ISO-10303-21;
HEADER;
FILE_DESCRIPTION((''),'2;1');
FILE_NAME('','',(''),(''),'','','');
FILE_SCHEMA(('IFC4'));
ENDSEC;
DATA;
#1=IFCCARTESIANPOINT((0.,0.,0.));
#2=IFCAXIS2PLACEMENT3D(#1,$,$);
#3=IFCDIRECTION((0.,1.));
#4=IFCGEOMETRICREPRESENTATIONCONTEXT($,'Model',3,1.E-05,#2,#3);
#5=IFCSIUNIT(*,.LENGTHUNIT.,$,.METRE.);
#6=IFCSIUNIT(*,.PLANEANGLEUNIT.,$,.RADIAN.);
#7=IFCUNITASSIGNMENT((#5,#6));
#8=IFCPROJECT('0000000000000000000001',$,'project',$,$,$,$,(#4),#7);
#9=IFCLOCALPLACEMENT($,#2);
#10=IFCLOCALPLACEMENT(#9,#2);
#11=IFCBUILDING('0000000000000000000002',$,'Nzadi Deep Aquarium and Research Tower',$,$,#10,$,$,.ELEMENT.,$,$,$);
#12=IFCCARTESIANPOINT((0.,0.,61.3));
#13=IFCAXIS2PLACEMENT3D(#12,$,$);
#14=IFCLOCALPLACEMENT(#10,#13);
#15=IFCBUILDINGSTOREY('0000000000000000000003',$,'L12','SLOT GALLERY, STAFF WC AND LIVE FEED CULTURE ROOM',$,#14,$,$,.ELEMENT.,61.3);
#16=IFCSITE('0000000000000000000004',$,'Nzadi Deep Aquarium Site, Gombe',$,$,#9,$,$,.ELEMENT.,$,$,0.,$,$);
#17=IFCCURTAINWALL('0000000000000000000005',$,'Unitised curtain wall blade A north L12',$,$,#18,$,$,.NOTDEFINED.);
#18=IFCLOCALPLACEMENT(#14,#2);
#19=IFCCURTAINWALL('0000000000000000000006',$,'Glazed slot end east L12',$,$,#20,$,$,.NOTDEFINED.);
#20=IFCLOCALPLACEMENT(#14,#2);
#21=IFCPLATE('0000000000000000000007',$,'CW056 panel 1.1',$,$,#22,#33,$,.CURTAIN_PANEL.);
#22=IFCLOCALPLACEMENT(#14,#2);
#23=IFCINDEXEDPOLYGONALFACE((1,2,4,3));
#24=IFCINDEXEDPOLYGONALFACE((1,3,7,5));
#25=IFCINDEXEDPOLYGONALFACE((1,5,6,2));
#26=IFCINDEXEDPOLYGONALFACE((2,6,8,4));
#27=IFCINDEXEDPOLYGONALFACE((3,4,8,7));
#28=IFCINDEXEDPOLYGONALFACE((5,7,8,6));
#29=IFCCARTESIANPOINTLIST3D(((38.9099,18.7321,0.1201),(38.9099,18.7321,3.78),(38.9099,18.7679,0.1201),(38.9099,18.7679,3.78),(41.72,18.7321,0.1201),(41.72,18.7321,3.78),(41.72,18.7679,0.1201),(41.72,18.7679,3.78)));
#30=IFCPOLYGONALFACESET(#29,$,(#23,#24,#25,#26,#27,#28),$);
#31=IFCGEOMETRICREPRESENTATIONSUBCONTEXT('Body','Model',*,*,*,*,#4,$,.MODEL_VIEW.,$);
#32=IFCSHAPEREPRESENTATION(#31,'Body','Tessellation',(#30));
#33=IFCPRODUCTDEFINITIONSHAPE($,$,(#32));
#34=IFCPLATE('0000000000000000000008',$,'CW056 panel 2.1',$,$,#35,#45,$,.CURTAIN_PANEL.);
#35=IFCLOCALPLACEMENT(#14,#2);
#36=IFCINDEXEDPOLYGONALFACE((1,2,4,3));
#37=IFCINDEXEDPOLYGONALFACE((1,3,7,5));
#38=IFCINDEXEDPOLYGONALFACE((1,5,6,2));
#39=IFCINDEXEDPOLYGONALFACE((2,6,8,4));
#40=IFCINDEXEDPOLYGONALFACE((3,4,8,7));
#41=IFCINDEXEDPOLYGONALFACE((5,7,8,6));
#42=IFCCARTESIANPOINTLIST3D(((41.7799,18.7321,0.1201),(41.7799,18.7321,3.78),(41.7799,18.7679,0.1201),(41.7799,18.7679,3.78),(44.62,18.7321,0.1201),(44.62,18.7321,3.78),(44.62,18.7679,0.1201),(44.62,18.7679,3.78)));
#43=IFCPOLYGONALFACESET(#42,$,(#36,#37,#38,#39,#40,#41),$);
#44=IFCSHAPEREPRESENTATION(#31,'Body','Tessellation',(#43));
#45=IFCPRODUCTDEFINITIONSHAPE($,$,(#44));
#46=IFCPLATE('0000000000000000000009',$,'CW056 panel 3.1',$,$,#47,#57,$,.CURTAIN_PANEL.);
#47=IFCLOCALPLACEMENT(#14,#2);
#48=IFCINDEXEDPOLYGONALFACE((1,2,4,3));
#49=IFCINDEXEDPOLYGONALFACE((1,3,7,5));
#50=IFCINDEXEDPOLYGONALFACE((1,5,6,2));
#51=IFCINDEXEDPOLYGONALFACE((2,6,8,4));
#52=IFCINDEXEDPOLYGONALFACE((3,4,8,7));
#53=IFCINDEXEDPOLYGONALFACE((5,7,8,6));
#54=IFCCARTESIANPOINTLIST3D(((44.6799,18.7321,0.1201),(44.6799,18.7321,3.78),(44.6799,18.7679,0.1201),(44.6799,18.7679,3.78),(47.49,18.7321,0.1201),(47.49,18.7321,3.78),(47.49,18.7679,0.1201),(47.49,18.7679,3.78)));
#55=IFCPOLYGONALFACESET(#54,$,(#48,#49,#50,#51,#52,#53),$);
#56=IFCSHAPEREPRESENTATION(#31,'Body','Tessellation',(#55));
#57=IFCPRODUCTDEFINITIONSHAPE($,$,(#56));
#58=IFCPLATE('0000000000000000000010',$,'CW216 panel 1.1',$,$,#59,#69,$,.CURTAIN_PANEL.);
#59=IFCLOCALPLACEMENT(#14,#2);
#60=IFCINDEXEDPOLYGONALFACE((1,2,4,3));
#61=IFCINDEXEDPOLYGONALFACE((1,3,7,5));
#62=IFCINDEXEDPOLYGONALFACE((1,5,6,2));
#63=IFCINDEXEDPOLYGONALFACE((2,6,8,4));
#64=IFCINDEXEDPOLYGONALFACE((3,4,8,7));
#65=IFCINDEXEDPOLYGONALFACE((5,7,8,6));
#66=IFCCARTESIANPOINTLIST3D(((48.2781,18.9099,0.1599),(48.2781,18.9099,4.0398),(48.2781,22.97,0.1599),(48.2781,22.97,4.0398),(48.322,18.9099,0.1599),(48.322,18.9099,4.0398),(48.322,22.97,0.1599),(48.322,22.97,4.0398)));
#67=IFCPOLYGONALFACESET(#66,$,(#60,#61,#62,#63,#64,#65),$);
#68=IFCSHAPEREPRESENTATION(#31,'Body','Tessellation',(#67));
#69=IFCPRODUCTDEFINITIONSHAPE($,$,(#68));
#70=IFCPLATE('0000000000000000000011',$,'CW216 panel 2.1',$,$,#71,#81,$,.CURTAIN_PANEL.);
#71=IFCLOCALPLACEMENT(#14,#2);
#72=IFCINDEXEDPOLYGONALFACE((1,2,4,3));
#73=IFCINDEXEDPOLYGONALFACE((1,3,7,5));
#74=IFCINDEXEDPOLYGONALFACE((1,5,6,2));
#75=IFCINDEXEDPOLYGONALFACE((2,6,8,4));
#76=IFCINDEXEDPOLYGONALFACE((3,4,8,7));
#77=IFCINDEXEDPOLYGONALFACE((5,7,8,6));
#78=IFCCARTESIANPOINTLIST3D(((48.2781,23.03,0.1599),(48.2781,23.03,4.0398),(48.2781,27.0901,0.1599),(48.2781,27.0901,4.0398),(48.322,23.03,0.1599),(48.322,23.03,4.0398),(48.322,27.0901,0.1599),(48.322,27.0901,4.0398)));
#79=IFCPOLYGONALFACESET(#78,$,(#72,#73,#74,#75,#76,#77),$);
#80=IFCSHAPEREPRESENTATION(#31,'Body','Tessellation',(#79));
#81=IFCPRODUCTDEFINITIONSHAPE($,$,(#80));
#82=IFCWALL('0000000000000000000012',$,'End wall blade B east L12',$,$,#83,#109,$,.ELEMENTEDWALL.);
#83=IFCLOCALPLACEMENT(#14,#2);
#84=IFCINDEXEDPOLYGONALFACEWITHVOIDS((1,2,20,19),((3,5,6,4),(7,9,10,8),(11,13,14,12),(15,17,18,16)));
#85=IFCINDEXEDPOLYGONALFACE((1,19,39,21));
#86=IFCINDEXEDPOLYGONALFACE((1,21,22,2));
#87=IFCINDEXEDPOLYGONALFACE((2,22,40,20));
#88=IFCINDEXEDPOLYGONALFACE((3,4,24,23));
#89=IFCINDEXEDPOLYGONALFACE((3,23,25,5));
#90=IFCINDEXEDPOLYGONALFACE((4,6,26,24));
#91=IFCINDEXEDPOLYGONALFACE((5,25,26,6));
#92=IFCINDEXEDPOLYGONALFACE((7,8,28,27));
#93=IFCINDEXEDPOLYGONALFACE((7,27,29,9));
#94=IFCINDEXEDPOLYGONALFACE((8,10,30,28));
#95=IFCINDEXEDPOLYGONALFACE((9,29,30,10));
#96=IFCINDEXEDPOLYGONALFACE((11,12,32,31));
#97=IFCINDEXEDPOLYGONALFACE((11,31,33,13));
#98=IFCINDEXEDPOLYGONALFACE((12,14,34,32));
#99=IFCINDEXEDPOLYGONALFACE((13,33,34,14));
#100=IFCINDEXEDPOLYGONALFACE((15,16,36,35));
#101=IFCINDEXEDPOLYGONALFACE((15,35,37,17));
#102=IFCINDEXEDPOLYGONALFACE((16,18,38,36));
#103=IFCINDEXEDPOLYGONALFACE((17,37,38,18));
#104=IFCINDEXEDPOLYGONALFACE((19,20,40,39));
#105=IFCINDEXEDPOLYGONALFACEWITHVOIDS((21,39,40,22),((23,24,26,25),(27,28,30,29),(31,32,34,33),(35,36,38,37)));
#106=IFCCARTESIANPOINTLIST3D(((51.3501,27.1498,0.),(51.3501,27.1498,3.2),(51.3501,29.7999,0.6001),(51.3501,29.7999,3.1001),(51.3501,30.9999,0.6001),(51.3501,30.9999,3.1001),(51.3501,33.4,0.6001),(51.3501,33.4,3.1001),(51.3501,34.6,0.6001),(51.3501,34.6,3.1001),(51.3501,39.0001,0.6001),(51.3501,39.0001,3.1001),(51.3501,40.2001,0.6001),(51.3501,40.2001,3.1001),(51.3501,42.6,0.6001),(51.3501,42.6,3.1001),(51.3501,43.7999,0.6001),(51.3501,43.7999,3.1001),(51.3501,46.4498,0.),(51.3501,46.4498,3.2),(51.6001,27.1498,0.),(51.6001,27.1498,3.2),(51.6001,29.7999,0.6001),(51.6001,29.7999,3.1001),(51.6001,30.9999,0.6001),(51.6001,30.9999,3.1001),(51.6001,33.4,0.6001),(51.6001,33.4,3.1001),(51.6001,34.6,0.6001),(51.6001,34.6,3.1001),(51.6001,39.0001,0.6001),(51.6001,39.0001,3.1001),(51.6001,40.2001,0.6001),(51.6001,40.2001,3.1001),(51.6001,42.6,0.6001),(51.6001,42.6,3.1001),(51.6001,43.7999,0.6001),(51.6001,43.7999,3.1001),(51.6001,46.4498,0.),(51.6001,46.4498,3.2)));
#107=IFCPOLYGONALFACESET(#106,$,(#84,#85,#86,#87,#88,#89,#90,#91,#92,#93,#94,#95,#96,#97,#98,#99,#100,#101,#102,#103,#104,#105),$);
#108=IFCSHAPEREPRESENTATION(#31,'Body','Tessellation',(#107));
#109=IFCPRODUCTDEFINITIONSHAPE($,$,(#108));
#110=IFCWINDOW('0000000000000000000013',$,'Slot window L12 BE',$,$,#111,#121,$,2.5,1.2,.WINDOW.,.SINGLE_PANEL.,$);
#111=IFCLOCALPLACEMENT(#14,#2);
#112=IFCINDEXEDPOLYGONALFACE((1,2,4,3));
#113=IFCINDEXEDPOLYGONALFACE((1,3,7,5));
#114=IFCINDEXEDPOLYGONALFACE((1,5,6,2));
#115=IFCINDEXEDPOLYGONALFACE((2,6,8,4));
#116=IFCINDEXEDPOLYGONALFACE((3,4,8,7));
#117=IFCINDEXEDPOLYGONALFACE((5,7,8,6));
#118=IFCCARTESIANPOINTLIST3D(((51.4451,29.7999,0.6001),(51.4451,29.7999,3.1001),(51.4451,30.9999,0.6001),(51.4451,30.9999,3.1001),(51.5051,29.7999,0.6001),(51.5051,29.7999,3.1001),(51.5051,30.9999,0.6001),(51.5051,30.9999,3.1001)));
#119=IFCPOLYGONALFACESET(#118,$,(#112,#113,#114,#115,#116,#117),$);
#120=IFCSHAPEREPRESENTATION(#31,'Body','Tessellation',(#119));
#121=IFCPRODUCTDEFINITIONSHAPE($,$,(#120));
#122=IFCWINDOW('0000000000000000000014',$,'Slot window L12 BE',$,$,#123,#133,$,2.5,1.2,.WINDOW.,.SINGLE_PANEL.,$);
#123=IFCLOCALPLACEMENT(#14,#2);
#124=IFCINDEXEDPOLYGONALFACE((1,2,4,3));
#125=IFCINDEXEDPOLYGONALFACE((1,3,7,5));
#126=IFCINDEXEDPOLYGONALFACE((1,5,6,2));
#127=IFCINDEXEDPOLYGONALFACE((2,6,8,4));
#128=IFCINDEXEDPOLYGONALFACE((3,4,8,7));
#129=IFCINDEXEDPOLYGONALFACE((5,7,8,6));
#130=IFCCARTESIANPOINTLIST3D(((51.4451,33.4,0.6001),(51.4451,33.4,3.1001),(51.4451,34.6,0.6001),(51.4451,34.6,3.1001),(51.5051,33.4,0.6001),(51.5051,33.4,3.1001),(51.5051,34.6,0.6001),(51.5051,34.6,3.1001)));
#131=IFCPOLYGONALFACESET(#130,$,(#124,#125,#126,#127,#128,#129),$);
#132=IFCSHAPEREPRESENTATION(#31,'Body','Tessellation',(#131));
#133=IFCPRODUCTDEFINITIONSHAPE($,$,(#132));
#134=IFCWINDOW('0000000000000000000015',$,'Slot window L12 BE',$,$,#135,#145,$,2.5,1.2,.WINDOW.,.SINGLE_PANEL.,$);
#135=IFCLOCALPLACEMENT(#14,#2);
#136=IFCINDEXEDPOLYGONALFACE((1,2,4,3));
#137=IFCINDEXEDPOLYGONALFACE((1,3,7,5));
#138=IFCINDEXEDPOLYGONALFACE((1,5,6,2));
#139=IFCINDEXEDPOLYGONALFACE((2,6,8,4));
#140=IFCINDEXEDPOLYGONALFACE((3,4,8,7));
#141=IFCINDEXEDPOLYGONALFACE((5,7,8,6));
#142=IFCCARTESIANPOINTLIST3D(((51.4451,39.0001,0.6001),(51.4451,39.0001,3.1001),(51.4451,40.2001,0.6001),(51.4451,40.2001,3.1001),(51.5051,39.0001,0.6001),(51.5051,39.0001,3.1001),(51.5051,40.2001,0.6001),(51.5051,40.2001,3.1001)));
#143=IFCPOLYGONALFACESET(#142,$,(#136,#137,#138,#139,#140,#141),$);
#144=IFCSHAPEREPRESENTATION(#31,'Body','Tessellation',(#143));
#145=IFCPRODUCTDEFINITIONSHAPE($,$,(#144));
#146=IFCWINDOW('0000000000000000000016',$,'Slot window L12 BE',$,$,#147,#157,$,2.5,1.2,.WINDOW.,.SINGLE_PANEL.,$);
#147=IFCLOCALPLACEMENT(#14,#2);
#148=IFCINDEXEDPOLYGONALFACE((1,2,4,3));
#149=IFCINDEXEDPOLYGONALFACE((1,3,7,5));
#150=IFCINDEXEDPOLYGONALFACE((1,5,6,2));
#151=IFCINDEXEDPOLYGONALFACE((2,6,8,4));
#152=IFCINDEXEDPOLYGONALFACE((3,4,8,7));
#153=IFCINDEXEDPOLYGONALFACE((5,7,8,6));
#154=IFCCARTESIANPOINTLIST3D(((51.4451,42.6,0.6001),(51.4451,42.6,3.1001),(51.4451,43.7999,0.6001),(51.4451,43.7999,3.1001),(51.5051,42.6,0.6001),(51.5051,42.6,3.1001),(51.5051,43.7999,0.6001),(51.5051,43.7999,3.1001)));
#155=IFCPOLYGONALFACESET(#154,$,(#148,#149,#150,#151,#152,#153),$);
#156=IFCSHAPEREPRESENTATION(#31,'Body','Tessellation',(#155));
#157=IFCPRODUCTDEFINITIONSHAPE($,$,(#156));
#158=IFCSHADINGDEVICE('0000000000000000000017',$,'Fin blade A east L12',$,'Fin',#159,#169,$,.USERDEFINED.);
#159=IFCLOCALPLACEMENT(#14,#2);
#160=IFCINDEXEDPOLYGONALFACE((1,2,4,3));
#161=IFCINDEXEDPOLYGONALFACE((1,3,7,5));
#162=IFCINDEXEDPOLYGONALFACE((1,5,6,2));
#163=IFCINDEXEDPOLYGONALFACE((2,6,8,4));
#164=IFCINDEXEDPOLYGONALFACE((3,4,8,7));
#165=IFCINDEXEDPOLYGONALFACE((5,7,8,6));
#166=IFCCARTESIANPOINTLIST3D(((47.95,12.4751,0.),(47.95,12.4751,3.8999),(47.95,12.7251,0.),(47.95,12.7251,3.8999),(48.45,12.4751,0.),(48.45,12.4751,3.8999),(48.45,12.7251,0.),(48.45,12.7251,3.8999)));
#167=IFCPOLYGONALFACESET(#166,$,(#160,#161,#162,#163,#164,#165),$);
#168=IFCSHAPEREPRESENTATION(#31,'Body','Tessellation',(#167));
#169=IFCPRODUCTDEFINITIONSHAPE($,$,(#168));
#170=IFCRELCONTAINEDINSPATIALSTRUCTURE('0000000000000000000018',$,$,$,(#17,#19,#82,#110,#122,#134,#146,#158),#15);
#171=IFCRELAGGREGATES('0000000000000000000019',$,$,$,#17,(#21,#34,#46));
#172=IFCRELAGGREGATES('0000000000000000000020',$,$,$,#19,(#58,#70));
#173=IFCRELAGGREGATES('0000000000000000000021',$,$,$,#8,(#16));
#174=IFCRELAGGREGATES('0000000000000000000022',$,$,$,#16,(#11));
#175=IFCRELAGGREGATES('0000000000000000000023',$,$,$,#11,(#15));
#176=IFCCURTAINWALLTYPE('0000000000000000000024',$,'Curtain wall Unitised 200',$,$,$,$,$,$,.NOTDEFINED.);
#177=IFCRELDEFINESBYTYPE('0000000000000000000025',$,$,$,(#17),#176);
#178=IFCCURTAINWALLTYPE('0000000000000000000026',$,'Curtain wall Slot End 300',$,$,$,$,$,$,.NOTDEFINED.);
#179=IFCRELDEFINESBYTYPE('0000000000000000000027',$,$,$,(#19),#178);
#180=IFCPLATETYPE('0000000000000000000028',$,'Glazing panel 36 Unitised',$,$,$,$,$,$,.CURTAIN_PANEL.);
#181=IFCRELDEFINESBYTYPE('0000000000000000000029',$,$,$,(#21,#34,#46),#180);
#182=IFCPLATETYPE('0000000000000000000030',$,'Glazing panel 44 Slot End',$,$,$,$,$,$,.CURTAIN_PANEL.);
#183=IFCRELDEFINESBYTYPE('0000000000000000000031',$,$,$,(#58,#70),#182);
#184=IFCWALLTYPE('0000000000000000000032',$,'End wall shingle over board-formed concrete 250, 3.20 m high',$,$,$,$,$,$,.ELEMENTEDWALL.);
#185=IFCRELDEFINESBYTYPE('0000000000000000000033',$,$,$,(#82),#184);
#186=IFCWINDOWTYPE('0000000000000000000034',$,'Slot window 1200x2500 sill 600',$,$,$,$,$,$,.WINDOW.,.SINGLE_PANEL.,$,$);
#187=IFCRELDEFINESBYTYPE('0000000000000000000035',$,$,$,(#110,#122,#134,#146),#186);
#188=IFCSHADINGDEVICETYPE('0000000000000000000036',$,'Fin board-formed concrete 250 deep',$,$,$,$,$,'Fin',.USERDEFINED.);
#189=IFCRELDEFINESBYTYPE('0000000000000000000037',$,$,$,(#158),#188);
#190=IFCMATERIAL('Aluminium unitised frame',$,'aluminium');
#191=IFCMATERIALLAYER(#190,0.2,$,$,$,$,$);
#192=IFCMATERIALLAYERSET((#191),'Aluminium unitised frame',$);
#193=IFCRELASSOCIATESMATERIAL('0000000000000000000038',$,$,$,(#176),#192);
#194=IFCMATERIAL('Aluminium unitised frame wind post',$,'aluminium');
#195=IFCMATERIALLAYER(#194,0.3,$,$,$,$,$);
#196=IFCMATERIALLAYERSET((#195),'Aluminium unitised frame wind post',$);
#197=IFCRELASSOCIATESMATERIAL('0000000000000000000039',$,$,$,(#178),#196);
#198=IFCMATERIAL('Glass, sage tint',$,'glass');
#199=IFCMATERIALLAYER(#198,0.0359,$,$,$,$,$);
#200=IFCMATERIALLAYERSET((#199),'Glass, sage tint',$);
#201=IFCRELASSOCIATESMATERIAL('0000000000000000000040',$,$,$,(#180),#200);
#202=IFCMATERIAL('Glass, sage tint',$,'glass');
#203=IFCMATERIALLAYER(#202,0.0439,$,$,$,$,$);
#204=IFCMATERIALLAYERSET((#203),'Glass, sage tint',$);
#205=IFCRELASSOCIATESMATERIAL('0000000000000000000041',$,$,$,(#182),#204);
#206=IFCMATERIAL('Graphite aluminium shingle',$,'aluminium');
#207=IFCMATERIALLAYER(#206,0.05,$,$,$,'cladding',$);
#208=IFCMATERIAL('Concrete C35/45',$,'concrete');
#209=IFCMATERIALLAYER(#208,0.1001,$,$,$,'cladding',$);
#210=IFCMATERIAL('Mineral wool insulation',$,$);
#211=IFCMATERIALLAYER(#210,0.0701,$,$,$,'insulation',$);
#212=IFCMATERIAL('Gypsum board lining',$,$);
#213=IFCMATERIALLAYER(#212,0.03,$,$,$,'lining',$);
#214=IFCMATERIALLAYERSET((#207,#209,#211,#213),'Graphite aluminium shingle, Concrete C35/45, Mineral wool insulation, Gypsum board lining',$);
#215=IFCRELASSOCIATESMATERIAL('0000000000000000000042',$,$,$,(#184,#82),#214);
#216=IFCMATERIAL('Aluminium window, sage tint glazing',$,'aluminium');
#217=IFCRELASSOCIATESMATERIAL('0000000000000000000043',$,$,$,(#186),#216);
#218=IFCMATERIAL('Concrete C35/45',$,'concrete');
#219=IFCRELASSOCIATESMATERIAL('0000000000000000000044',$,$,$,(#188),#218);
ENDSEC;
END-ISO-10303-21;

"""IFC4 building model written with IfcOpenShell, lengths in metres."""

from ifc_helpers import new_model, si_unit, direction, frame, frame_2d, origin, origin_2d, place, context, subcontext, project, spatial, rectangle, extrude, material, layer, layer_set, layer_usage, type_object, element, fill, aggregate, save


model = new_model("IFC4")

# Units and contexts
model_context = context("Model", 3, precision=1e-05, world=origin(), true_north=direction((0.0, 1.0)))
body_context = subcontext(model_context, "Body", "Model", "MODEL_VIEW")
ifc_project = project(units=[si_unit("LENGTHUNIT", "METRE"), si_unit("PLANEANGLEUNIT", "RADIAN")], contexts=[model_context])

# Site, building, storey
site_placement = place(None, origin())
site = spatial("IfcSite", under=ifc_project, at=site_placement, Name="Nzadi Deep Aquarium Site, Gombe", CompositionType="ELEMENT", RefElevation=0.0)
building_placement = place(site_placement, origin())
building = spatial("IfcBuilding", under=site, at=building_placement, Name="Nzadi Deep Aquarium and Research Tower", CompositionType="ELEMENT")
storey_placement = place(building_placement, frame((0.0, 0.0, 61.3)))
storey = spatial("IfcBuildingStorey", under=building, at=storey_placement, Name="L12", Description="SLOT GALLERY, STAFF WC AND LIVE FEED CULTURE ROOM", CompositionType="ELEMENT", Elevation=61.3)

# Shared definitions
ifc_material_1 = material(Name="Aluminium unitised frame", Category="aluminium")
ifc_layer_1 = layer(ifc_material_1, 0.2)
ifc_layer_set_1 = layer_set([ifc_layer_1], Name="Aluminium unitised frame")
curtain_wall_type_1 = type_object("IfcCurtainWallType", Name="Curtain wall Unitised 200", PredefinedType="NOTDEFINED", material=ifc_layer_set_1)

# Curtain walls
curtain_wall_1_placement = place(storey_placement, origin())
curtain_wall_1 = element("IfcCurtainWall", 1, at=curtain_wall_1_placement, inside=storey, type_object=curtain_wall_type_1, Name="Unitised curtain wall blade A north L12", PredefinedType="NOTDEFINED")
ifc_material_2 = material(Name="Aluminium unitised frame wind post", Category="aluminium")
ifc_layer_2 = layer(ifc_material_2, 0.3)
ifc_layer_set_2 = layer_set([ifc_layer_2], Name="Aluminium unitised frame wind post")
curtain_wall_type_2 = type_object("IfcCurtainWallType", Name="Curtain wall Slot End 300", PredefinedType="NOTDEFINED", material=ifc_layer_set_2)
curtain_wall_2_placement = place(storey_placement, origin())
curtain_wall_2 = element("IfcCurtainWall", 2, at=curtain_wall_2_placement, inside=storey, type_object=curtain_wall_type_2, Name="Glazed slot end east L12", PredefinedType="NOTDEFINED")

# Plates
ifc_material_3 = material(Name="Glass, sage tint", Category="glass")
ifc_layer_3 = layer(ifc_material_3, 0.0359)
ifc_layer_set_3 = layer_set([ifc_layer_3], Name="Glass, sage tint")
plate_type_1 = type_object("IfcPlateType", Name="Glazing panel 36 Unitised", PredefinedType="CURTAIN_PANEL", material=ifc_layer_set_3)
plate_1_placement = place(storey_placement, frame((40.3149, 18.75, 0.1201), z_axis=(0.0, 0.0, 1.0), x_axis=(1.0, 0.0, 0.0)))
plate_1 = element("IfcPlate", 3, at=plate_1_placement, type_object=plate_type_1, Name="CW056 panel 1.1", PredefinedType="CURTAIN_PANEL", context=body_context, shape_type="SweptSolid", body=[
    extrude(rectangle(XDim=2.8101, YDim=0.0359, at=origin_2d()), origin(), (0.0, 0.0, 1.0), 3.6599),
])
plate_2_placement = place(storey_placement, frame((43.2, 18.75, 0.1201), z_axis=(0.0, 0.0, 1.0), x_axis=(1.0, 0.0, 0.0)))
plate_2 = element("IfcPlate", 4, at=plate_2_placement, type_object=plate_type_1, Name="CW056 panel 2.1", PredefinedType="CURTAIN_PANEL", context=body_context, shape_type="SweptSolid", body=[
    extrude(rectangle(XDim=2.8401, YDim=0.0359, at=origin_2d()), origin(), (0.0, 0.0, 1.0), 3.6599),
])
plate_3_placement = place(storey_placement, frame((46.085, 18.75, 0.1201), z_axis=(0.0, 0.0, 1.0), x_axis=(1.0, 0.0, 0.0)))
plate_3 = element("IfcPlate", 5, at=plate_3_placement, type_object=plate_type_1, Name="CW056 panel 3.1", PredefinedType="CURTAIN_PANEL", context=body_context, shape_type="SweptSolid", body=[
    extrude(rectangle(XDim=2.8101, YDim=0.0359, at=origin_2d()), origin(), (0.0, 0.0, 1.0), 3.6599),
])
aggregate(curtain_wall_1, [plate_1, plate_2, plate_3])
ifc_material_4 = material(Name="Glass, sage tint", Category="glass")
ifc_layer_4 = layer(ifc_material_4, 0.0439)
ifc_layer_set_4 = layer_set([ifc_layer_4], Name="Glass, sage tint")
plate_type_2 = type_object("IfcPlateType", Name="Glazing panel 44 Slot End", PredefinedType="CURTAIN_PANEL", material=ifc_layer_set_4)
plate_4_placement = place(storey_placement, frame((48.3, 20.9399, 0.1599), z_axis=(0.0, 0.0, 1.0), x_axis=(0.0, 1.0, 0.0)))
plate_4 = element("IfcPlate", 6, at=plate_4_placement, type_object=plate_type_2, Name="CW216 panel 1.1", PredefinedType="CURTAIN_PANEL", context=body_context, shape_type="SweptSolid", body=[
    extrude(rectangle(XDim=4.0601, YDim=0.0439, at=origin_2d()), origin(), (0.0, 0.0, 1.0), 3.8799),
])
plate_5_placement = place(storey_placement, frame((48.3, 25.0601, 0.1599), z_axis=(0.0, 0.0, 1.0), x_axis=(0.0, 1.0, 0.0)))
plate_5 = element("IfcPlate", 7, at=plate_5_placement, type_object=plate_type_2, Name="CW216 panel 2.1", PredefinedType="CURTAIN_PANEL", context=body_context, shape_type="SweptSolid", body=[
    extrude(rectangle(XDim=4.0601, YDim=0.0439, at=origin_2d()), origin(), (0.0, 0.0, 1.0), 3.8799),
])
aggregate(curtain_wall_2, [plate_4, plate_5])

# Wall, openings, windows
ifc_material_5 = material(Name="Graphite aluminium shingle", Category="aluminium")
ifc_layer_5 = layer(ifc_material_5, 0.05, Category="cladding")
ifc_material_6 = material(Name="Concrete C35/45", Category="concrete")
ifc_layer_6 = layer(ifc_material_6, 0.1001, Category="cladding")
ifc_material_7 = material(Name="Mineral wool insulation")
ifc_layer_7 = layer(ifc_material_7, 0.0701, Category="insulation")
ifc_material_8 = material(Name="Gypsum board lining")
ifc_layer_8 = layer(ifc_material_8, 0.03, Category="lining")
ifc_layer_set_5 = layer_set([ifc_layer_5, ifc_layer_6, ifc_layer_7, ifc_layer_8], Name="Graphite aluminium shingle, Concrete C35/45, Mineral wool insulation, Gypsum board lining")
ifc_layer_usage = layer_usage(ifc_layer_set_5, "AXIS2", "POSITIVE", -0.125)
wall_type = type_object("IfcWallType", Name="End wall shingle over board-formed concrete 250, 3.20 m high", PredefinedType="ELEMENTEDWALL", material=ifc_layer_set_5)
wall_placement = place(storey_placement, frame((51.4751, 27.1499, 0.0), z_axis=(0.0, 0.0, 1.0), x_axis=(0.0, 1.0, 0.0)))
wall = element("IfcWall", 8, at=wall_placement, inside=storey, type_object=wall_type, material=ifc_layer_usage, Name="End wall blade B east L12", PredefinedType="ELEMENTEDWALL", context=body_context, shape_type="SweptSolid", body=[
    extrude(rectangle(XDim=19.3, YDim=0.25, at=frame_2d((9.6499, 0.0))), origin(), (0.0, 0.0, 1.0), 3.2),
])
opening_1_placement = place(wall_placement, frame((2.6499, 0.0, 0.6001)))
opening_1 = element("IfcOpeningElement", 9, at=opening_1_placement, cuts=wall, PredefinedType="OPENING", context=body_context, shape_type="SweptSolid", body=[
    extrude(rectangle(XDim=1.2, YDim=2.5, at=frame_2d((0.6001, 1.25))), frame((0.0, 0.135, 0.0), z_axis=(0.0, -1.0, 0.0), x_axis=(1.0, 0.0, 0.0)), (0.0, 0.0, 1.0), 0.27),
])
opening_2_placement = place(wall_placement, frame((6.25, 0.0, 0.6001)))
opening_2 = element("IfcOpeningElement", 10, at=opening_2_placement, cuts=wall, PredefinedType="OPENING", context=body_context, shape_type="SweptSolid", body=[
    extrude(rectangle(XDim=1.2, YDim=2.5, at=frame_2d((0.6001, 1.25))), frame((0.0, 0.135, 0.0), z_axis=(0.0, -1.0, 0.0), x_axis=(1.0, 0.0, 0.0)), (0.0, 0.0, 1.0), 0.27),
])
opening_3_placement = place(wall_placement, frame((11.8501, 0.0, 0.6001)))
opening_3 = element("IfcOpeningElement", 11, at=opening_3_placement, cuts=wall, PredefinedType="OPENING", context=body_context, shape_type="SweptSolid", body=[
    extrude(rectangle(XDim=1.2, YDim=2.5, at=frame_2d((0.6001, 1.25))), frame((0.0, 0.135, 0.0), z_axis=(0.0, -1.0, 0.0), x_axis=(1.0, 0.0, 0.0)), (0.0, 0.0, 1.0), 0.27),
])
opening_4_placement = place(wall_placement, frame((15.45, 0.0, 0.6001)))
opening_4 = element("IfcOpeningElement", 12, at=opening_4_placement, cuts=wall, PredefinedType="OPENING", context=body_context, shape_type="SweptSolid", body=[
    extrude(rectangle(XDim=1.2, YDim=2.5, at=frame_2d((0.6001, 1.25))), frame((0.0, 0.135, 0.0), z_axis=(0.0, -1.0, 0.0), x_axis=(1.0, 0.0, 0.0)), (0.0, 0.0, 1.0), 0.27),
])
ifc_material_9 = material(Name="Aluminium window, sage tint glazing", Category="aluminium")
window_type = type_object("IfcWindowType", Name="Slot window 1200x2500 sill 600", PartitioningType="SINGLE_PANEL", PredefinedType="WINDOW", material=ifc_material_9)
window_1_placement = place(opening_1_placement, origin())
window_1 = element("IfcWindow", 13, at=window_1_placement, inside=storey, type_object=window_type, Name="Slot window L12 BE", OverallHeight=2.5, OverallWidth=1.2, PartitioningType="SINGLE_PANEL", PredefinedType="WINDOW", context=body_context, shape_type="SweptSolid", body=[
    extrude(rectangle(XDim=1.2, YDim=2.5, at=frame_2d((0.6001, 1.25))), frame((0.0, 0.03, 0.0), z_axis=(0.0, -1.0, 0.0), x_axis=(1.0, 0.0, 0.0)), (0.0, 0.0, 1.0), 0.0601),
])
fill(opening_1, window_1)
window_2_placement = place(opening_2_placement, origin())
window_2 = element("IfcWindow", 14, at=window_2_placement, inside=storey, type_object=window_type, Name="Slot window L12 BE", OverallHeight=2.5, OverallWidth=1.2, PartitioningType="SINGLE_PANEL", PredefinedType="WINDOW", context=body_context, shape_type="SweptSolid", body=[
    extrude(rectangle(XDim=1.2, YDim=2.5, at=frame_2d((0.6001, 1.25))), frame((0.0, 0.03, 0.0), z_axis=(0.0, -1.0, 0.0), x_axis=(1.0, 0.0, 0.0)), (0.0, 0.0, 1.0), 0.0601),
])
fill(opening_2, window_2)
window_3_placement = place(opening_3_placement, origin())
window_3 = element("IfcWindow", 15, at=window_3_placement, inside=storey, type_object=window_type, Name="Slot window L12 BE", OverallHeight=2.5, OverallWidth=1.2, PartitioningType="SINGLE_PANEL", PredefinedType="WINDOW", context=body_context, shape_type="SweptSolid", body=[
    extrude(rectangle(XDim=1.2, YDim=2.5, at=frame_2d((0.6001, 1.25))), frame((0.0, 0.03, 0.0), z_axis=(0.0, -1.0, 0.0), x_axis=(1.0, 0.0, 0.0)), (0.0, 0.0, 1.0), 0.0601),
])
fill(opening_3, window_3)
window_4_placement = place(opening_4_placement, origin())
window_4 = element("IfcWindow", 16, at=window_4_placement, inside=storey, type_object=window_type, Name="Slot window L12 BE", OverallHeight=2.5, OverallWidth=1.2, PartitioningType="SINGLE_PANEL", PredefinedType="WINDOW", context=body_context, shape_type="SweptSolid", body=[
    extrude(rectangle(XDim=1.2, YDim=2.5, at=frame_2d((0.6001, 1.25))), frame((0.0, 0.03, 0.0), z_axis=(0.0, -1.0, 0.0), x_axis=(1.0, 0.0, 0.0)), (0.0, 0.0, 1.0), 0.0601),
])
fill(opening_4, window_4)

# Shading device
ifc_material_10 = material(Name="Concrete C35/45", Category="concrete")
shading_device_type = type_object("IfcShadingDeviceType", Name="Fin board-formed concrete 250 deep", ElementType="Fin", PredefinedType="USERDEFINED", material=ifc_material_10)
for number, where, z_axis, x_axis, name in (
    (17, (48.2, 12.6001, 0.0), (0.0, 0.0, 1.0), (1.0, 0.0, 0.0), "Fin blade A east L12"),
):
    element("IfcShadingDevice", number, at=place(storey_placement, frame(where, z_axis=z_axis, x_axis=x_axis)), inside=storey, type_object=shading_device_type, Name=name, ObjectType="Fin", PredefinedType="USERDEFINED", context=body_context, shape_type="SweptSolid", body=[
        extrude(rectangle(XDim=0.5, YDim=0.25, at=origin_2d()), origin(), (0.0, 0.0, 1.0), 3.8999),
    ])

save(model, "model.ifc")
